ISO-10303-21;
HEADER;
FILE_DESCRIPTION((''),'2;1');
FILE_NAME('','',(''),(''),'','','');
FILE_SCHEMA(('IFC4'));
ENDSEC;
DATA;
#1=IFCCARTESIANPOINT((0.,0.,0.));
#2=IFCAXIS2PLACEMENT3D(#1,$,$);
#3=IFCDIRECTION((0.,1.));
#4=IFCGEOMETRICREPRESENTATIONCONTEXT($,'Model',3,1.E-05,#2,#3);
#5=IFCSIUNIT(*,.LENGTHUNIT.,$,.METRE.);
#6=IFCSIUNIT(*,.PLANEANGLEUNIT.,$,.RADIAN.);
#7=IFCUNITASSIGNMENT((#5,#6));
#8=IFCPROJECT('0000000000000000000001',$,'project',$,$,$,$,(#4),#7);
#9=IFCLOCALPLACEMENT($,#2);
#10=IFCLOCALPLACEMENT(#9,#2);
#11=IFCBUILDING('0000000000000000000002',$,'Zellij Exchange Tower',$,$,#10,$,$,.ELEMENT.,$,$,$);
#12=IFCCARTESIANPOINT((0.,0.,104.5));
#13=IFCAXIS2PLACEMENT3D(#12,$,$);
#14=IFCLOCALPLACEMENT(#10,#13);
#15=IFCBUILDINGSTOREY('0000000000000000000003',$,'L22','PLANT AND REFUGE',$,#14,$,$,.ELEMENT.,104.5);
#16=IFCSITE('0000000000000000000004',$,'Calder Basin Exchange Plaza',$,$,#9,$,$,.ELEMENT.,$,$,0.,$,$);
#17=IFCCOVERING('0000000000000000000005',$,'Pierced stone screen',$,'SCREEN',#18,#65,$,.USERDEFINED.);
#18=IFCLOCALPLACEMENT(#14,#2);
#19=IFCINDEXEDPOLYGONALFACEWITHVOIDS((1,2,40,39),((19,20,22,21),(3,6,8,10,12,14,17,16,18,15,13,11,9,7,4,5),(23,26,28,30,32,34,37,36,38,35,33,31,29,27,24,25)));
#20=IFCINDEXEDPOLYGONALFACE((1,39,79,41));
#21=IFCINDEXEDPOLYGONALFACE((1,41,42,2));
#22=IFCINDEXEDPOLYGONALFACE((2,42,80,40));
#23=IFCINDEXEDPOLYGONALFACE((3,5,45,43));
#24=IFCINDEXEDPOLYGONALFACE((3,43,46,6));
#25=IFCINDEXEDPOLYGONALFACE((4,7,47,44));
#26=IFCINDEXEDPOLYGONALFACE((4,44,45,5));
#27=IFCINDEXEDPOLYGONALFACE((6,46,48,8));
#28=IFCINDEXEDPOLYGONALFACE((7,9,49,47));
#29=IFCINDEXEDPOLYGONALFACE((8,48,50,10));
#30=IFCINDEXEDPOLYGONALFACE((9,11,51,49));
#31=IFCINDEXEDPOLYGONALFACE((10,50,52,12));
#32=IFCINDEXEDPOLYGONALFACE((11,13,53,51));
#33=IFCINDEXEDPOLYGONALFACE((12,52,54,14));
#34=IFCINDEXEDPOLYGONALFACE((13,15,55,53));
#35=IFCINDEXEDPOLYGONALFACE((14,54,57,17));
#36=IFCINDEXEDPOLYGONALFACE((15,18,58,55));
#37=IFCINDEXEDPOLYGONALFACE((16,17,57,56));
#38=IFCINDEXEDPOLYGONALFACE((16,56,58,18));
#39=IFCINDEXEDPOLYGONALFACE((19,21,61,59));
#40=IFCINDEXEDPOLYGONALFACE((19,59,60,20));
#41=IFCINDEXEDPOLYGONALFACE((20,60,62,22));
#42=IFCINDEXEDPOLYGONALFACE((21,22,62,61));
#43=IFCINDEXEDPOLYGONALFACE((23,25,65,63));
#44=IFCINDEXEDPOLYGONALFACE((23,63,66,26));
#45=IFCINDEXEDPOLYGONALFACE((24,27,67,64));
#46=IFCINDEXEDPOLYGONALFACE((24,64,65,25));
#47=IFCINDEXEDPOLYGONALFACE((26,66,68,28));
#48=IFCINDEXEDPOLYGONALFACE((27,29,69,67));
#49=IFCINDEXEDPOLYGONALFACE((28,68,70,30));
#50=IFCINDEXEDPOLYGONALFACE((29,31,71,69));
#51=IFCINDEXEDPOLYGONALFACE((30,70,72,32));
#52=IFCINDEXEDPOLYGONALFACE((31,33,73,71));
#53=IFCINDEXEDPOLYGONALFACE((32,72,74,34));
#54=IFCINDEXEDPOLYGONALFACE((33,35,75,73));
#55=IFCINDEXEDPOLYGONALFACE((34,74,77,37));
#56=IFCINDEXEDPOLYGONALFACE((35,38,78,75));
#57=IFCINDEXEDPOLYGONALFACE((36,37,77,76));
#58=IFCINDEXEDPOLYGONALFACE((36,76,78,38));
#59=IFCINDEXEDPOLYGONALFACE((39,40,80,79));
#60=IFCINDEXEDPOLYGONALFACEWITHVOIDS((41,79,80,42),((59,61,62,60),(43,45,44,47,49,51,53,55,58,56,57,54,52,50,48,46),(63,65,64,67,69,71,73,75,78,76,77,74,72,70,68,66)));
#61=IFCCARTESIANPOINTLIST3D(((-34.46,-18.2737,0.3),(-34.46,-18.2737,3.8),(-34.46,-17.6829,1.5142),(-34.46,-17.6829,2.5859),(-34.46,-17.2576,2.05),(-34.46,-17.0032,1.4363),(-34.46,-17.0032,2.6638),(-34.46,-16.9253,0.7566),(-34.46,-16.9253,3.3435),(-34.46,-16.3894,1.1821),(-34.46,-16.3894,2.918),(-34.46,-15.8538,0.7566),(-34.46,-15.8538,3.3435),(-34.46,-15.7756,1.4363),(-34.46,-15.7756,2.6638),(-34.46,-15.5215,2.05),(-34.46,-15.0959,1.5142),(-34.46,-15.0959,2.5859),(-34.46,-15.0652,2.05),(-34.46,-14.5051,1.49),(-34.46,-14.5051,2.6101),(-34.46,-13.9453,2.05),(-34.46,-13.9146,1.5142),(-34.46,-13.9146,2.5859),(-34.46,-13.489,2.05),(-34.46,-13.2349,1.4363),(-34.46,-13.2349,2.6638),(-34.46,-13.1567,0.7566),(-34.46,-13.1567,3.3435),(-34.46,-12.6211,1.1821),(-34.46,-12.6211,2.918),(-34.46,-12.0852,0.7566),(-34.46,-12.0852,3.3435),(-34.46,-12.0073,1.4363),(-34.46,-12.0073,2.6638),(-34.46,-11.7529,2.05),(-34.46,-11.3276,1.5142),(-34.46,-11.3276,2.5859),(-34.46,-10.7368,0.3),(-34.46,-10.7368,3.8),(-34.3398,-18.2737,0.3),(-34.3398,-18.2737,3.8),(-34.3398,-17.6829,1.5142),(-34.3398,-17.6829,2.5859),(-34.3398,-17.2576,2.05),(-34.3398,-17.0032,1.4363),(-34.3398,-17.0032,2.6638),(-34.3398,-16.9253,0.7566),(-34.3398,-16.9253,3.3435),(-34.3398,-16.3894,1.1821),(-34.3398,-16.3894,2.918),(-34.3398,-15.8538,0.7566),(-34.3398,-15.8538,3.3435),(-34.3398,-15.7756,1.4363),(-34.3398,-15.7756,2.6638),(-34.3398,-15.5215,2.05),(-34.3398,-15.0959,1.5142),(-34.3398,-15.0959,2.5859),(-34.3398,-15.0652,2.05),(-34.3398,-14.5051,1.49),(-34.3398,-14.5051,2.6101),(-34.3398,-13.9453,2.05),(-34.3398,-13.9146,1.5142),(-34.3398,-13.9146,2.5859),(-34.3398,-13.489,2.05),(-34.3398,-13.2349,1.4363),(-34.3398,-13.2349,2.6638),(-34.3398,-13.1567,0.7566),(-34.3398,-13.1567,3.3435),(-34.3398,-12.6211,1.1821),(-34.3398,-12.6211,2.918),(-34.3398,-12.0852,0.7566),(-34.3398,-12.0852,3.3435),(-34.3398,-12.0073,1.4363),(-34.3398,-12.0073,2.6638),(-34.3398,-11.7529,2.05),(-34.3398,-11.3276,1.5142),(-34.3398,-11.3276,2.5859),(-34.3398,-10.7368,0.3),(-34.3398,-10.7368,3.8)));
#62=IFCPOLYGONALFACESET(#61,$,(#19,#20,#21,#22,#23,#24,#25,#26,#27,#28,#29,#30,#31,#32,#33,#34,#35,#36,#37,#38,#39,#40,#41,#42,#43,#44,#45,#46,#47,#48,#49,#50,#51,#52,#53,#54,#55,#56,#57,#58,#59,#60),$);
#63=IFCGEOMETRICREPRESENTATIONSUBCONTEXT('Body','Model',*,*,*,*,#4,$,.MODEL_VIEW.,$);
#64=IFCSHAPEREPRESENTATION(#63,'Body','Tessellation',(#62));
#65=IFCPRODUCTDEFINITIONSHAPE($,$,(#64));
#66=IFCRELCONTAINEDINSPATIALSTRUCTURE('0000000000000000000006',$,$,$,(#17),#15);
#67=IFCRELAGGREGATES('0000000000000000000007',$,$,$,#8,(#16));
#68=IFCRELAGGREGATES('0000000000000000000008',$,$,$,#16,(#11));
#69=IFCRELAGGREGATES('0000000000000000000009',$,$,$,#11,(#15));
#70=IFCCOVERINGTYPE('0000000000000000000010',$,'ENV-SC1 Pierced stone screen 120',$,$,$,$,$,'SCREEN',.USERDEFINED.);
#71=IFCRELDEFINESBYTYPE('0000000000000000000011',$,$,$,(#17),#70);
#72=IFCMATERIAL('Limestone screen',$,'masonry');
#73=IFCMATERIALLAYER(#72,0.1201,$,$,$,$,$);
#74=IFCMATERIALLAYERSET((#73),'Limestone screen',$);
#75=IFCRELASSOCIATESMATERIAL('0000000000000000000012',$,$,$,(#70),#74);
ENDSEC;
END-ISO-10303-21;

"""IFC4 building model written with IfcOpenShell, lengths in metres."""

from ifc_helpers import new_model, si_unit, direction, frame, origin, place, context, subcontext, project, spatial, polyline, outline, extrude, material, layer, layer_set, type_object, element, save


model = new_model("IFC4")

# Units and contexts
model_context = context("Model", 3, precision=1e-05, world=origin(), true_north=direction((0.0, 1.0)))
body_context = subcontext(model_context, "Body", "Model", "MODEL_VIEW")
ifc_project = project(units=[si_unit("LENGTHUNIT", "METRE"), si_unit("PLANEANGLEUNIT", "RADIAN")], contexts=[model_context])

# Site, building, storey
site_placement = place(None, origin())
site = spatial("IfcSite", under=ifc_project, at=site_placement, Name="Calder Basin Exchange Plaza", CompositionType="ELEMENT", RefElevation=0.0)
building_placement = place(site_placement, origin())
building = spatial("IfcBuilding", under=site, at=building_placement, Name="Zellij Exchange Tower", CompositionType="ELEMENT")
storey_placement = place(building_placement, frame((0.0, 0.0, 104.5)))
storey = spatial("IfcBuildingStorey", under=building, at=storey_placement, Name="L22", Description="PLANT AND REFUGE", CompositionType="ELEMENT", Elevation=104.5)

# Covering
ifc_material_1 = material(Name="Limestone screen", Category="masonry")
ifc_layer_1 = layer(ifc_material_1, 0.1201)
ifc_layer_set_1 = layer_set([ifc_layer_1], Name="Limestone screen")
covering_type = type_object("IfcCoveringType", Name="ENV-SC1 Pierced stone screen 120", ElementType="SCREEN", PredefinedType="USERDEFINED", material=ifc_layer_set_1)
covering_placement = place(storey_placement, frame((-34.3999, -10.7368, 0.3), z_axis=(0.0, 0.0, 1.0), x_axis=(0.0, -1.0, 0.0)))
element("IfcCovering", 1, at=covering_placement, inside=storey, type_object=covering_type, Name="Pierced stone screen", ObjectType="SCREEN", PredefinedType="USERDEFINED", context=body_context, shape_type="SweptSolid", body=[
    extrude(outline(polyline([(0.0, 0.0), (7.5369, 0.0), (7.5369, 3.5), (0.0, 3.5), (0.0, 0.0)]), holes=[polyline([(3.1777, 2.2859), (2.498, 2.3638), (2.4199, 3.0435), (1.8843, 2.6179), (1.3484, 3.0435), (1.2705, 2.3638), (0.5908, 2.2859), (1.0161, 1.75), (0.5908, 1.2141), (1.2705, 1.1362), (1.3484, 0.4565), (1.8843, 0.8821), (2.4199, 0.4565), (2.498, 1.1362), (3.1777, 1.2141), (2.7522, 1.75), (3.1777, 2.2859)]), polyline([(6.946, 2.2859), (6.2664, 2.3638), (6.1885, 3.0435), (5.6526, 2.6179), (5.1169, 3.0435), (5.0388, 2.3638), (4.3591, 2.2859), (4.7847, 1.75), (4.3591, 1.2141), (5.0388, 1.1362), (5.1169, 0.4565), (5.6526, 0.8821), (6.1885, 0.4565), (6.2664, 1.1362), (6.946, 1.2141), (6.5208, 1.75), (6.946, 2.2859)]), polyline([(4.3284, 1.75), (3.7683, 2.3101), (3.2085, 1.75), (3.7683, 1.1899), (4.3284, 1.75)])]), frame((0.0, 0.0601, 0.0), z_axis=(0.0, -1.0, 0.0), x_axis=(1.0, 0.0, 0.0)), (0.0, 0.0, 1.0), 0.1201),
])

save(model, "model.ifc")
